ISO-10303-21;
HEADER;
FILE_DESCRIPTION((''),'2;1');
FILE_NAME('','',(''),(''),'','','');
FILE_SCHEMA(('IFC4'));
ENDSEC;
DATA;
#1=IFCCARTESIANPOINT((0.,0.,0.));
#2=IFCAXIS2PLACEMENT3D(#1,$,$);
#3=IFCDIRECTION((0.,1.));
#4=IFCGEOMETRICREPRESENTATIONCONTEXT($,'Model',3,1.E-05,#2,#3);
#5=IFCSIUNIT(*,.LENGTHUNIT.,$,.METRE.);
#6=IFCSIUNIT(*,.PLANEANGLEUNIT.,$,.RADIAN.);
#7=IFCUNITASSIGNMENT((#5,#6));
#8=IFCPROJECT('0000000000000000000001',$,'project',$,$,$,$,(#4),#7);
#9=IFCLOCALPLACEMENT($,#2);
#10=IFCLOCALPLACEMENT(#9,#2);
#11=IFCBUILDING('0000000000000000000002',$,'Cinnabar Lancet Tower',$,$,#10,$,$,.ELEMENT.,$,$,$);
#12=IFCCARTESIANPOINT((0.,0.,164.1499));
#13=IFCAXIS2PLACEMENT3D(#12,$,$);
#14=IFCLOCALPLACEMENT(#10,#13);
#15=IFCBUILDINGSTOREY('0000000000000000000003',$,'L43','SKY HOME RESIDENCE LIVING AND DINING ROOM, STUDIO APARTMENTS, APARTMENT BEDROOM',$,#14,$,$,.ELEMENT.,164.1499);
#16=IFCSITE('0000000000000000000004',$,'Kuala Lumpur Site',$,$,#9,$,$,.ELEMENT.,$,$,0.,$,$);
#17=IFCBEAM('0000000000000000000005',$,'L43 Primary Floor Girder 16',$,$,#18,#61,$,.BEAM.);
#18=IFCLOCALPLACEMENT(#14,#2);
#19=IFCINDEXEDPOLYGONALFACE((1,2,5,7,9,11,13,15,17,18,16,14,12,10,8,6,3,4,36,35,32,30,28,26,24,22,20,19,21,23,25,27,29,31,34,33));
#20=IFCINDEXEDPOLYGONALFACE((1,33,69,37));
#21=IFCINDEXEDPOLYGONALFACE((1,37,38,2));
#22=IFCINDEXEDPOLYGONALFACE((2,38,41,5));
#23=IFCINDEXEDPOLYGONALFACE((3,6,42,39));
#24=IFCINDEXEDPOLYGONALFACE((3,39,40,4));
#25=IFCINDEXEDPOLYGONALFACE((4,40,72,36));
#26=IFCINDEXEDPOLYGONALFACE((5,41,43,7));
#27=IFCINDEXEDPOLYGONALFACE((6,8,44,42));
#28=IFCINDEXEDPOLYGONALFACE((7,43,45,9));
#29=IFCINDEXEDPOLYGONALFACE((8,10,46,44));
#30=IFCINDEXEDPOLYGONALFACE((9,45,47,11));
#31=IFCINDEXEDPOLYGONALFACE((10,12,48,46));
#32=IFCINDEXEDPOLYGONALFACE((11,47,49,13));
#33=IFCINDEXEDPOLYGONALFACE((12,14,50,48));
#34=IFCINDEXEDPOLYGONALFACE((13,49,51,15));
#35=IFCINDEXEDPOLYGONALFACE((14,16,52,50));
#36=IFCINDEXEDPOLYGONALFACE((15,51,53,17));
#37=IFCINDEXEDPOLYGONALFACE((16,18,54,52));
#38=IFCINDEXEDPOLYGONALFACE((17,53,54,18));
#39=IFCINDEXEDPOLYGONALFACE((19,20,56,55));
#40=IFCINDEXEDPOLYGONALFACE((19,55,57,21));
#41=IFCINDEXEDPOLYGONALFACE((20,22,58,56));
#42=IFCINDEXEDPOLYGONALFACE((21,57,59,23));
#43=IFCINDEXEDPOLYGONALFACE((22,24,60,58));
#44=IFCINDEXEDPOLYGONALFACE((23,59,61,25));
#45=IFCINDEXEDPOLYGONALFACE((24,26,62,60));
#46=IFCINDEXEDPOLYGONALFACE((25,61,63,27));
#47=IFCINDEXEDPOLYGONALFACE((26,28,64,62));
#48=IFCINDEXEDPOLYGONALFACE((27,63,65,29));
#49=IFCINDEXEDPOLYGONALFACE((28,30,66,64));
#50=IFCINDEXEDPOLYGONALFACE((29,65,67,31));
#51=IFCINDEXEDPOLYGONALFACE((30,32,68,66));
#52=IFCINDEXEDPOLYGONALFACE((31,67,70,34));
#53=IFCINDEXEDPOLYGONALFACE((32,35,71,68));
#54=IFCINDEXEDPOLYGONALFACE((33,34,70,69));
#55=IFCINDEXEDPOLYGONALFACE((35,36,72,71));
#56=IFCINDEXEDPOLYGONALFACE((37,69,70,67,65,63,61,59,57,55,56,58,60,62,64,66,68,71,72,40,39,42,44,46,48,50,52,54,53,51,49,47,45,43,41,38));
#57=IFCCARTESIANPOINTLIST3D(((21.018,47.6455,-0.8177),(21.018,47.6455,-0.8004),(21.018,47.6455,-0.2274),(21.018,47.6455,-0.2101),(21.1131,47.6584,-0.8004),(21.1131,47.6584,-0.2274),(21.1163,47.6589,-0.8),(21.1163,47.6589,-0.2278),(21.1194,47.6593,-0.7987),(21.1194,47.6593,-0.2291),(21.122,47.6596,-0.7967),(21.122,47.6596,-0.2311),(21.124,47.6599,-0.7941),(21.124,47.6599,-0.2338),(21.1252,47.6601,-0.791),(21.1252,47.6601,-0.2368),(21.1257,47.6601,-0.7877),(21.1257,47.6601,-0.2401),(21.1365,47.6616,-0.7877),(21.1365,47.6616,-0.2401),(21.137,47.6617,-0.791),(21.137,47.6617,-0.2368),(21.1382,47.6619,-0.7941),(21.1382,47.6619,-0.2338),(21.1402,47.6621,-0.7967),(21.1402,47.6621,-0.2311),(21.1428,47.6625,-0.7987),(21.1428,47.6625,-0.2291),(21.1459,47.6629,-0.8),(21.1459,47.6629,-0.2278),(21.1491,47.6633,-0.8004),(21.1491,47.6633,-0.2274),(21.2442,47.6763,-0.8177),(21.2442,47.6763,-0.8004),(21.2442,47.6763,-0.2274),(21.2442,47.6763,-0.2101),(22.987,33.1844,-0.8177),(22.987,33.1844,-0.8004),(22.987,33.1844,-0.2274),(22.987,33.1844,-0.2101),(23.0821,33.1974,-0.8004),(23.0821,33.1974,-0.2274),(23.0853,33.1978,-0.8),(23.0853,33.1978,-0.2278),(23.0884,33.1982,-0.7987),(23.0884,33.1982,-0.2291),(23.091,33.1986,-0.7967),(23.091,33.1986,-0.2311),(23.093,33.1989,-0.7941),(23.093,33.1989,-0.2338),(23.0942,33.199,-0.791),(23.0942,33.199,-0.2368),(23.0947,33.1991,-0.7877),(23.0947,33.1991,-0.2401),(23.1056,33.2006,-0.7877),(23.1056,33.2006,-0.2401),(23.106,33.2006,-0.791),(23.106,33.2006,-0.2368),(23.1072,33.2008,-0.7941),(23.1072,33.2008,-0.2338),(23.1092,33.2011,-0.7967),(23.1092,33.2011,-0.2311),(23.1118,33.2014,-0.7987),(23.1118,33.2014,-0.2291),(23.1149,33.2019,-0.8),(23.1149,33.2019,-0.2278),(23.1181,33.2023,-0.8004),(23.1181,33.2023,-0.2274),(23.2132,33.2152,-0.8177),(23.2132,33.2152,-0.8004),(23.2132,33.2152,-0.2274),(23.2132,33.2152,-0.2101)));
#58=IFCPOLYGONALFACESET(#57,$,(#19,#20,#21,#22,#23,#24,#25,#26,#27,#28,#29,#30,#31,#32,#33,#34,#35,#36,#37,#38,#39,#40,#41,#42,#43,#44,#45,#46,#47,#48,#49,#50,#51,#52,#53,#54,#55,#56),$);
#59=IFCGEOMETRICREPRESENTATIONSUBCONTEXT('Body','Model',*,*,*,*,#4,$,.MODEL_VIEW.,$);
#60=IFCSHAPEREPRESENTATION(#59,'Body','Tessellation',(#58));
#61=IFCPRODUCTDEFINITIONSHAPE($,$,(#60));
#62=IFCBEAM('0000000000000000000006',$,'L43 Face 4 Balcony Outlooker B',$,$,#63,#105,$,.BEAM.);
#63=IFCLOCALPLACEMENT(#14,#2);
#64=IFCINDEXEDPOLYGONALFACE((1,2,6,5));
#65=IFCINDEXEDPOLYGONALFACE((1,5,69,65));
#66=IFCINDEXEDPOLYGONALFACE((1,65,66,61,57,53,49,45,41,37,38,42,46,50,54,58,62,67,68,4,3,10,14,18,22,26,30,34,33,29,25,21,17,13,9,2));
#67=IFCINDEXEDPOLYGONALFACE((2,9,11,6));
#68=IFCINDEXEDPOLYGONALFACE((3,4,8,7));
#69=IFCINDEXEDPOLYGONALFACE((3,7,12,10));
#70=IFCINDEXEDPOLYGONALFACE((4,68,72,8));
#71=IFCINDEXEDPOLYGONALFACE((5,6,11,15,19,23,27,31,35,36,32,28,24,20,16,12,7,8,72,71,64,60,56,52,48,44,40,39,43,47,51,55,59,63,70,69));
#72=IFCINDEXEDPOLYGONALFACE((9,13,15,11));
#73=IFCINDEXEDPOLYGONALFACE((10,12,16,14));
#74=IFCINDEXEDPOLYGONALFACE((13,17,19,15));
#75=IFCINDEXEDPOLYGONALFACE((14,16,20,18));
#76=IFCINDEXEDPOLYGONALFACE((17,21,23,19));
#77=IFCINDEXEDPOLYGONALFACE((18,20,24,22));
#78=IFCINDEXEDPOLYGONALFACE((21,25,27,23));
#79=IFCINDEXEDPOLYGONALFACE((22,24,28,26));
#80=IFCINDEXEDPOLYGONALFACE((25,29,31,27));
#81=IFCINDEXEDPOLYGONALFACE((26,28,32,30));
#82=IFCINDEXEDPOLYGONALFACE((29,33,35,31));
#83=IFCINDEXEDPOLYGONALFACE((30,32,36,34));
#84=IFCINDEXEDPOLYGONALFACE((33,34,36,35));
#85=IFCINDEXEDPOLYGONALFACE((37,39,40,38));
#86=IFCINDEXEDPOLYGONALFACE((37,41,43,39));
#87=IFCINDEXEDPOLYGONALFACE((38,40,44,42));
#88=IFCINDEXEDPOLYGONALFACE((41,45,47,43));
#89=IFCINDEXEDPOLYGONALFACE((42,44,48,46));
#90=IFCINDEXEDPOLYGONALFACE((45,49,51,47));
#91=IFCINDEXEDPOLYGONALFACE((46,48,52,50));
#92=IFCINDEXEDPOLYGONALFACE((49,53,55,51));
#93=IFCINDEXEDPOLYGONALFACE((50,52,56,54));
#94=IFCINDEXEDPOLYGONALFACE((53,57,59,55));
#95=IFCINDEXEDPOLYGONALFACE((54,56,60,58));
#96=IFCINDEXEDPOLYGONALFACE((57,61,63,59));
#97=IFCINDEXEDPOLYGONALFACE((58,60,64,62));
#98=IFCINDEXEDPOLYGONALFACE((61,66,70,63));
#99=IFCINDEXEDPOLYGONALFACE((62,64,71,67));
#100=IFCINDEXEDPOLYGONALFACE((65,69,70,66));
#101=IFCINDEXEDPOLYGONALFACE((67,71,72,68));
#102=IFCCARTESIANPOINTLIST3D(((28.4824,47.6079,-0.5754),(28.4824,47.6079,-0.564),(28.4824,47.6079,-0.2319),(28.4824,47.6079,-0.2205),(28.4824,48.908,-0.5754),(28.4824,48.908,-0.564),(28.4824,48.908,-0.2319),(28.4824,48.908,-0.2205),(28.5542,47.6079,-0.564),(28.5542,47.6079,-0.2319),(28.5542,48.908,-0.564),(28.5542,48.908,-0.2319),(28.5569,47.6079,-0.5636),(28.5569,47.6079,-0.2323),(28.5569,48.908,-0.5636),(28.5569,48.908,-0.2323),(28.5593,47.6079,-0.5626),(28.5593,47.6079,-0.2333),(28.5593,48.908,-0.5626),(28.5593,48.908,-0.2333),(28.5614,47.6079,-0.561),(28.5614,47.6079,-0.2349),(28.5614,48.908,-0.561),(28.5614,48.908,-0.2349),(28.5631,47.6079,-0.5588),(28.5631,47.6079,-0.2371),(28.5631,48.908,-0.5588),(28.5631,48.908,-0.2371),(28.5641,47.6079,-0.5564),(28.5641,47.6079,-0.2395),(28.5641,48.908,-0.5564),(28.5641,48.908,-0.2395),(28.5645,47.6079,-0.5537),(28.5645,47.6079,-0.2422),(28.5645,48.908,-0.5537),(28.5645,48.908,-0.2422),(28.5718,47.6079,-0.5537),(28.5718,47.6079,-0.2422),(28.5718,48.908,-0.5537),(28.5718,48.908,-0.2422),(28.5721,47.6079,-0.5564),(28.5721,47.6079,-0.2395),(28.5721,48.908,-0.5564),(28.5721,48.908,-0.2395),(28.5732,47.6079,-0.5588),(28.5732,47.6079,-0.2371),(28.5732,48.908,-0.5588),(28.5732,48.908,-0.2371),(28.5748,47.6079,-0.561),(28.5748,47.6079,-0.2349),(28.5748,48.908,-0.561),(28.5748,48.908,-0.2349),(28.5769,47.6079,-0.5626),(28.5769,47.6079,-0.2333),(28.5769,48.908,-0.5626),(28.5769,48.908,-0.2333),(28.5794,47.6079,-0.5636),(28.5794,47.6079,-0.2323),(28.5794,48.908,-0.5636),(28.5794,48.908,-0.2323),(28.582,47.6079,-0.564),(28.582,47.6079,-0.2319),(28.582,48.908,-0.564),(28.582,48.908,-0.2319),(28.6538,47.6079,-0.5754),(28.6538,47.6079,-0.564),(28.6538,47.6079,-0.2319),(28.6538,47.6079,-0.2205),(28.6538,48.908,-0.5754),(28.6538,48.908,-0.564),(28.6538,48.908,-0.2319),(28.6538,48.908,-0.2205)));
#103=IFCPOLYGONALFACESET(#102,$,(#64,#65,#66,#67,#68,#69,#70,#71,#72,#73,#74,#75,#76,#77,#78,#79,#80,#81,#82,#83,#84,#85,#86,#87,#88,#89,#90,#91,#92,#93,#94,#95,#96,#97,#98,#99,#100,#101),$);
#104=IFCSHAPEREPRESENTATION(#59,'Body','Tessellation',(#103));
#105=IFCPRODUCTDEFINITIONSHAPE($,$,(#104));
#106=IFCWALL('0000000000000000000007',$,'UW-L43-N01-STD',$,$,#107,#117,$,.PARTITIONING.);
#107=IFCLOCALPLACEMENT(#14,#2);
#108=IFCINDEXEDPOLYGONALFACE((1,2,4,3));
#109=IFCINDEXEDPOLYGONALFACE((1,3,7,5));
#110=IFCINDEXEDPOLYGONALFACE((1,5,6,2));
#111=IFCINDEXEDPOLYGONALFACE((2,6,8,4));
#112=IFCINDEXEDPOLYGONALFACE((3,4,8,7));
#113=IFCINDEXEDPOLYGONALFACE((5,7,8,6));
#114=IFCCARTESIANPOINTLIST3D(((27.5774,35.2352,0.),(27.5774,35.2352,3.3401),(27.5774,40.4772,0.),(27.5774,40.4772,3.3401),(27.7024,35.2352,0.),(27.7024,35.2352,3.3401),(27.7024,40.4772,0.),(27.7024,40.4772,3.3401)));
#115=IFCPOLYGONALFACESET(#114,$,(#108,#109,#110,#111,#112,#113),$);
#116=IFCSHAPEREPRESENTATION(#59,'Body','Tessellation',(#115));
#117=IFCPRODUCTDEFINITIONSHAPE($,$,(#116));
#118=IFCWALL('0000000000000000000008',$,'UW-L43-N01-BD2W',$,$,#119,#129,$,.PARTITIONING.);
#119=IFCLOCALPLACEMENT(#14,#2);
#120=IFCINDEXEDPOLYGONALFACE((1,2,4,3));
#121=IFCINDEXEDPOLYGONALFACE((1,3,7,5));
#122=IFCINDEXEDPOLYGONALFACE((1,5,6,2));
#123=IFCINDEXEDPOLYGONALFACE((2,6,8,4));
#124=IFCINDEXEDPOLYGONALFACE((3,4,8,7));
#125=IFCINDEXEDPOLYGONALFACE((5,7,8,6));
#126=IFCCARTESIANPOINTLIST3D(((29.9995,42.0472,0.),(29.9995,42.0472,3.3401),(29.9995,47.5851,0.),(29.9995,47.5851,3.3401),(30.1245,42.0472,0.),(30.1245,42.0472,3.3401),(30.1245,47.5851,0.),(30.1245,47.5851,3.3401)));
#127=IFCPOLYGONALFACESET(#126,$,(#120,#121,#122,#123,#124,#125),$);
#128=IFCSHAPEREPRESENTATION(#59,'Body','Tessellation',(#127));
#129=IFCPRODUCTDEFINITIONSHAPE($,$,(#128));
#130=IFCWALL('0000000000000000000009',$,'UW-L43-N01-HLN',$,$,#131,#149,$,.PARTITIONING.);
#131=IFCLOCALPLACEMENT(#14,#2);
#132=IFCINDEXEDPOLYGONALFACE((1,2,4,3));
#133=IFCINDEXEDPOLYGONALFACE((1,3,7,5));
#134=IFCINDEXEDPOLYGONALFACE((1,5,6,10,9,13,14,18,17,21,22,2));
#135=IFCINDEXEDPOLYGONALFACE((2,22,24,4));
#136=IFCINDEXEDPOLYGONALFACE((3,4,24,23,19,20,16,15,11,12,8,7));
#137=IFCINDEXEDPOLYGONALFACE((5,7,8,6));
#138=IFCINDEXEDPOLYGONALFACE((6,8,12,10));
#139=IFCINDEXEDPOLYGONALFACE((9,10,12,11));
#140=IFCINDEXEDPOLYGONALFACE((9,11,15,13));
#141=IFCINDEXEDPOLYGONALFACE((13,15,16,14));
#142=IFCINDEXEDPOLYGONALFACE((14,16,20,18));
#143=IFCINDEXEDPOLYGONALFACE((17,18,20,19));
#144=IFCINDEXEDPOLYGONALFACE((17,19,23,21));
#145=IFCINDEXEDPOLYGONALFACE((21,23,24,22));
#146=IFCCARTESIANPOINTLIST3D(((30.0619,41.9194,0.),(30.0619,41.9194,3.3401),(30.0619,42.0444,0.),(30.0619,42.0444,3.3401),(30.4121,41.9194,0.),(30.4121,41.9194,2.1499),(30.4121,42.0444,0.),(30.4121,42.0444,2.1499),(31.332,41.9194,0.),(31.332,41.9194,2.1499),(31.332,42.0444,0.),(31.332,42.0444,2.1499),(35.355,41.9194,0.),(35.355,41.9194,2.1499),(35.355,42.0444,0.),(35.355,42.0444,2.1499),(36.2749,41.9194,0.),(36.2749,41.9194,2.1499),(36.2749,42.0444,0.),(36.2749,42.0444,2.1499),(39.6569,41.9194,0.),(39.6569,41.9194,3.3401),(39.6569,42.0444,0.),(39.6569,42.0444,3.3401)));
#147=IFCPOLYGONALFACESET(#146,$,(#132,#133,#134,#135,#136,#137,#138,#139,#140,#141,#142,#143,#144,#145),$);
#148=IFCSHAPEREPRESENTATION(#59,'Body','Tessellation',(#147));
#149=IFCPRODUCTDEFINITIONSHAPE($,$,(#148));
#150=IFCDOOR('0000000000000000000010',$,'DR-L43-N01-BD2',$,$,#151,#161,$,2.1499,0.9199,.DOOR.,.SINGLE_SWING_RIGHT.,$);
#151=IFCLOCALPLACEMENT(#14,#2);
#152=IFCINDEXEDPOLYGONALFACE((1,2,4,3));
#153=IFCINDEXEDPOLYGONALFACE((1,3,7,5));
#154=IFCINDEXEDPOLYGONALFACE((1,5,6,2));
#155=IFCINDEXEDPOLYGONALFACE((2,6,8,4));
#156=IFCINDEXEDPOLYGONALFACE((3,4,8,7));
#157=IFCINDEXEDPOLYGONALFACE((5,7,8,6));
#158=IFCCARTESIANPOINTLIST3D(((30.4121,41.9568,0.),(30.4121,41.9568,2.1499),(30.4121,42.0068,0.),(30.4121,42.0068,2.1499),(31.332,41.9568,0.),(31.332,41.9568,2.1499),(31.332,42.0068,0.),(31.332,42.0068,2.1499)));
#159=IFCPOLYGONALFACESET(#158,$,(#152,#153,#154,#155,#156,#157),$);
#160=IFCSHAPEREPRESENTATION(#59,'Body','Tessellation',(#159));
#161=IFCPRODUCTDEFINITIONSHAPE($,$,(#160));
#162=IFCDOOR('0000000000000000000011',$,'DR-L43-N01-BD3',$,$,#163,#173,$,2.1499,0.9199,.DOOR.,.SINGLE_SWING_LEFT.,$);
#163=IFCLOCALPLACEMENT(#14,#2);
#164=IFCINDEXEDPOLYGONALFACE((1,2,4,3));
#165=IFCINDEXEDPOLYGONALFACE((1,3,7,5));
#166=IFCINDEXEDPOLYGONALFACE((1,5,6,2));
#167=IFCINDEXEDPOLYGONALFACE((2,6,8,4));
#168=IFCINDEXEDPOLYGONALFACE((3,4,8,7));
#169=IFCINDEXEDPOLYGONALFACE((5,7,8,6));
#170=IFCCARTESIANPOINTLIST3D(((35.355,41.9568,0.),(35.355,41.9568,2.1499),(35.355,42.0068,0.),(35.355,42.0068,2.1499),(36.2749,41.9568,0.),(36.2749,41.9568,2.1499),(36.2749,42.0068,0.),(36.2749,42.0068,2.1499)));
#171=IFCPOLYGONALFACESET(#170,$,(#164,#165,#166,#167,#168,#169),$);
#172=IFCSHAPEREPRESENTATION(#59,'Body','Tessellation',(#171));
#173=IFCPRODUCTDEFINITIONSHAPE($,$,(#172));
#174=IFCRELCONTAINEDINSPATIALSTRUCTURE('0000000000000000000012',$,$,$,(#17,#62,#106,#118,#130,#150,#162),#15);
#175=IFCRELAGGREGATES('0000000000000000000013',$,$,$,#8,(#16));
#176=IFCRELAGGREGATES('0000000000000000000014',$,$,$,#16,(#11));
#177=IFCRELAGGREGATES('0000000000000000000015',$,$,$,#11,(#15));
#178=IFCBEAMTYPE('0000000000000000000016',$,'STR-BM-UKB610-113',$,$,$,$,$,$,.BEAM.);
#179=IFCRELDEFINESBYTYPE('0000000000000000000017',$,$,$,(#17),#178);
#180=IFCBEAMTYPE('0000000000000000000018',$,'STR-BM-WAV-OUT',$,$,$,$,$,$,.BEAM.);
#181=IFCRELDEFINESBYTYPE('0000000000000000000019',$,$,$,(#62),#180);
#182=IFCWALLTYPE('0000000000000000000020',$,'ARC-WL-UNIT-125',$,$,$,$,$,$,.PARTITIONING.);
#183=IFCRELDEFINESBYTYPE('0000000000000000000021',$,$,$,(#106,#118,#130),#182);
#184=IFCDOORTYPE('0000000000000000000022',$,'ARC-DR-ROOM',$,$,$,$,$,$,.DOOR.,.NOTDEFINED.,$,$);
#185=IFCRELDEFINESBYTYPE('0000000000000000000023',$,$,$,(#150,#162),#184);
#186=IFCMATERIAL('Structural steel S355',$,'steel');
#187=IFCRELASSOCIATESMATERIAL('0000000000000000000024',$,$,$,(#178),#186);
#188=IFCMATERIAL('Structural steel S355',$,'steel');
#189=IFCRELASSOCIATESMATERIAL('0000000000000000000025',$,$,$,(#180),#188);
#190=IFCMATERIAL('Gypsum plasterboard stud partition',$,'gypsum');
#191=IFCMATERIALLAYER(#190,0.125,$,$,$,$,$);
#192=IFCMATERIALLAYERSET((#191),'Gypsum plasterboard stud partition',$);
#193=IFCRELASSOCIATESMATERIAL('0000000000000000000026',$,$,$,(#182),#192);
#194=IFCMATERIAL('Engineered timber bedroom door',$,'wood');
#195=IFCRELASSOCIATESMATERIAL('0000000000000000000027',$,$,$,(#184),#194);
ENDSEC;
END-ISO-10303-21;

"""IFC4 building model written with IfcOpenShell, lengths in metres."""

from ifc_helpers import new_model, si_unit, direction, frame, frame_2d, origin, origin_2d, place, context, subcontext, project, spatial, rectangle, i_section, extrude, material, layer, layer_set, material_profile, profile_set, type_object, element, fill, save


model = new_model("IFC4")

# Units and contexts
model_context = context("Model", 3, precision=1e-05, world=origin(), true_north=direction((0.0, 1.0)))
body_context = subcontext(model_context, "Body", "Model", "MODEL_VIEW")
ifc_project = project(units=[si_unit("LENGTHUNIT", "METRE"), si_unit("PLANEANGLEUNIT", "RADIAN")], contexts=[model_context])

# Site, building, storey
site_placement = place(None, origin())
site = spatial("IfcSite", under=ifc_project, at=site_placement, Name="Kuala Lumpur Site", CompositionType="ELEMENT", RefElevation=0.0)
building_placement = place(site_placement, origin())
building = spatial("IfcBuilding", under=site, at=building_placement, Name="Cinnabar Lancet Tower", CompositionType="ELEMENT")
storey_placement = place(building_placement, frame((0.0, 0.0, 164.1499)))
storey = spatial("IfcBuildingStorey", under=building, at=storey_placement, Name="L43", Description="SKY HOME RESIDENCE LIVING AND DINING ROOM, STUDIO APARTMENTS, APARTMENT BEDROOM", CompositionType="ELEMENT", Elevation=164.1499)

# Beams
ifc_material_1 = material(Name="Structural steel S355", Category="steel")
ifc_material_profile_1 = material_profile(ifc_material_1, i_section(OverallWidth=0.2283, OverallDepth=0.6077, WebThickness=0.011, FlangeThickness=0.0173, FilletRadius=0.0127, at=origin_2d()), Name="UKB 610x229x113")
ifc_profile_set_1 = profile_set([ifc_material_profile_1], Name="Structural steel S355")
beam_type_1 = type_object("IfcBeamType", Name="STR-BM-UKB610-113", PredefinedType="BEAM", material=ifc_profile_set_1)
beam_1_placement = place(storey_placement, frame((21.1311, 47.6609, -0.5139), z_axis=(0.134915, -0.990857, 0.0), x_axis=(0.990857, 0.134915, 0.0)))
element("IfcBeam", 1, at=beam_1_placement, inside=storey, type_object=beam_type_1, Name="L43 Primary Floor Girder 16", PredefinedType="BEAM", context=body_context, shape_type="SweptSolid", body=[
    extrude(i_section(OverallWidth=0.2283, OverallDepth=0.6077, WebThickness=0.011, FlangeThickness=0.0173, FilletRadius=0.0127, at=origin_2d()), origin(), (0.0, 0.0, 1.0), 14.5945),
])
ifc_material_2 = material(Name="Structural steel S355", Category="steel")
ifc_material_profile_2 = material_profile(ifc_material_2, i_section(OverallWidth=0.1714, OverallDepth=0.355, WebThickness=0.0073, FlangeThickness=0.0115, FilletRadius=0.0103, at=origin_2d()), Name="UKB 356x171x51")
ifc_profile_set_2 = profile_set([ifc_material_profile_2], Name="Structural steel S355")
beam_type_2 = type_object("IfcBeamType", Name="STR-BM-WAV-OUT", PredefinedType="BEAM", material=ifc_profile_set_2)
beam_2_placement = place(storey_placement, frame((28.5681, 47.6079, -0.3979), z_axis=(0.0, 1.0, 0.0), x_axis=(-1.0, 0.0, 0.0)))
element("IfcBeam", 2, at=beam_2_placement, inside=storey, type_object=beam_type_2, Name="L43 Face 4 Balcony Outlooker B", PredefinedType="BEAM", context=body_context, shape_type="SweptSolid", body=[
    extrude(i_section(OverallWidth=0.1714, OverallDepth=0.355, WebThickness=0.0073, FlangeThickness=0.0115, FilletRadius=0.0103, at=origin_2d()), origin(), (0.0, 0.0, 1.0), 1.3),
])

# Walls
ifc_material_3 = material(Name="Gypsum plasterboard stud partition", Category="gypsum")
ifc_layer_1 = layer(ifc_material_3, 0.125)
ifc_layer_set_1 = layer_set([ifc_layer_1], Name="Gypsum plasterboard stud partition")
wall_type_1 = type_object("IfcWallType", Name="ARC-WL-UNIT-125", PredefinedType="PARTITIONING", material=ifc_layer_set_1)
wall_1_placement = place(storey_placement, frame((27.6399, 35.2351, 0.0), z_axis=(0.0, 0.0, 1.0), x_axis=(0.0, 1.0, 0.0)))
element("IfcWall", 3, at=wall_1_placement, inside=storey, type_object=wall_type_1, Name="UW-L43-N01-STD", PredefinedType="PARTITIONING", context=body_context, shape_type="SweptSolid", body=[
    extrude(rectangle(XDim=5.2419, YDim=0.125, at=frame_2d((2.6211, 0.0))), origin(), (0.0, 0.0, 1.0), 3.3401),
])
wall_2_placement = place(storey_placement, frame((30.062, 42.0471, 0.0), z_axis=(0.0, 0.0, 1.0), x_axis=(0.0, 1.0, 0.0)))
element("IfcWall", 4, at=wall_2_placement, inside=storey, type_object=wall_type_1, Name="UW-L43-N01-BD2W", PredefinedType="PARTITIONING", context=body_context, shape_type="SweptSolid", body=[
    extrude(rectangle(XDim=5.5378, YDim=0.125, at=frame_2d((2.769, 0.0))), origin(), (0.0, 0.0, 1.0), 3.3401),
])

# Wall, openings, doors
wall_3_placement = place(storey_placement, frame((30.062, 41.9819, 0.0), z_axis=(0.0, 0.0, 1.0), x_axis=(1.0, 0.0, 0.0)))
wall_3 = element("IfcWall", 5, at=wall_3_placement, inside=storey, type_object=wall_type_1, Name="UW-L43-N01-HLN", PredefinedType="PARTITIONING", context=body_context, shape_type="SweptSolid", body=[
    extrude(rectangle(XDim=9.595, YDim=0.125, at=frame_2d((4.7974, 0.0))), origin(), (0.0, 0.0, 1.0), 3.3401),
])
opening_1_placement = place(wall_3_placement, frame((0.3501, 0.0, 0.0)))
opening_1 = element("IfcOpeningElement", 6, at=opening_1_placement, cuts=wall_3, PredefinedType="OPENING", context=body_context, shape_type="SweptSolid", body=[
    extrude(rectangle(XDim=0.9199, YDim=2.1499, at=frame_2d((0.46, 1.075))), frame((0.0, 0.0725, 0.0), z_axis=(0.0, -1.0, 0.0), x_axis=(1.0, 0.0, 0.0)), (0.0, 0.0, 1.0), 0.145),
])
opening_2_placement = place(wall_3_placement, frame((5.293, 0.0, 0.0)))
opening_2 = element("IfcOpeningElement", 7, at=opening_2_placement, cuts=wall_3, PredefinedType="OPENING", context=body_context, shape_type="SweptSolid", body=[
    extrude(rectangle(XDim=0.9199, YDim=2.1499, at=frame_2d((0.46, 1.075))), frame((0.0, 0.0725, 0.0), z_axis=(0.0, -1.0, 0.0), x_axis=(1.0, 0.0, 0.0)), (0.0, 0.0, 1.0), 0.145),
])
ifc_material_4 = material(Name="Engineered timber bedroom door", Category="wood")
door_type_1 = type_object("IfcDoorType", Name="ARC-DR-ROOM", OperationType="NOTDEFINED", PredefinedType="DOOR", material=ifc_material_4)
door_1_placement = place(opening_1_placement, origin())
door_1 = element("IfcDoor", 8, at=door_1_placement, inside=storey, type_object=door_type_1, Name="DR-L43-N01-BD2", OperationType="SINGLE_SWING_RIGHT", OverallHeight=2.1499, OverallWidth=0.9199, PredefinedType="DOOR", context=body_context, shape_type="SweptSolid", body=[
    extrude(rectangle(XDim=0.9199, YDim=2.1499, at=frame_2d((0.46, 1.075))), frame((0.0, 0.0249, 0.0), z_axis=(0.0, -1.0, 0.0), x_axis=(1.0, 0.0, 0.0)), (0.0, 0.0, 1.0), 0.05),
])
fill(opening_1, door_1)
door_2_placement = place(opening_2_placement, origin())
door_2 = element("IfcDoor", 9, at=door_2_placement, inside=storey, type_object=door_type_1, Name="DR-L43-N01-BD3", OperationType="SINGLE_SWING_LEFT", OverallHeight=2.1499, OverallWidth=0.9199, PredefinedType="DOOR", context=body_context, shape_type="SweptSolid", body=[
    extrude(rectangle(XDim=0.9199, YDim=2.1499, at=frame_2d((0.46, 1.075))), frame((0.0, 0.0249, 0.0), z_axis=(0.0, -1.0, 0.0), x_axis=(1.0, 0.0, 0.0)), (0.0, 0.0, 1.0), 0.05),
])
fill(opening_2, door_2)

save(model, "model.ifc")
